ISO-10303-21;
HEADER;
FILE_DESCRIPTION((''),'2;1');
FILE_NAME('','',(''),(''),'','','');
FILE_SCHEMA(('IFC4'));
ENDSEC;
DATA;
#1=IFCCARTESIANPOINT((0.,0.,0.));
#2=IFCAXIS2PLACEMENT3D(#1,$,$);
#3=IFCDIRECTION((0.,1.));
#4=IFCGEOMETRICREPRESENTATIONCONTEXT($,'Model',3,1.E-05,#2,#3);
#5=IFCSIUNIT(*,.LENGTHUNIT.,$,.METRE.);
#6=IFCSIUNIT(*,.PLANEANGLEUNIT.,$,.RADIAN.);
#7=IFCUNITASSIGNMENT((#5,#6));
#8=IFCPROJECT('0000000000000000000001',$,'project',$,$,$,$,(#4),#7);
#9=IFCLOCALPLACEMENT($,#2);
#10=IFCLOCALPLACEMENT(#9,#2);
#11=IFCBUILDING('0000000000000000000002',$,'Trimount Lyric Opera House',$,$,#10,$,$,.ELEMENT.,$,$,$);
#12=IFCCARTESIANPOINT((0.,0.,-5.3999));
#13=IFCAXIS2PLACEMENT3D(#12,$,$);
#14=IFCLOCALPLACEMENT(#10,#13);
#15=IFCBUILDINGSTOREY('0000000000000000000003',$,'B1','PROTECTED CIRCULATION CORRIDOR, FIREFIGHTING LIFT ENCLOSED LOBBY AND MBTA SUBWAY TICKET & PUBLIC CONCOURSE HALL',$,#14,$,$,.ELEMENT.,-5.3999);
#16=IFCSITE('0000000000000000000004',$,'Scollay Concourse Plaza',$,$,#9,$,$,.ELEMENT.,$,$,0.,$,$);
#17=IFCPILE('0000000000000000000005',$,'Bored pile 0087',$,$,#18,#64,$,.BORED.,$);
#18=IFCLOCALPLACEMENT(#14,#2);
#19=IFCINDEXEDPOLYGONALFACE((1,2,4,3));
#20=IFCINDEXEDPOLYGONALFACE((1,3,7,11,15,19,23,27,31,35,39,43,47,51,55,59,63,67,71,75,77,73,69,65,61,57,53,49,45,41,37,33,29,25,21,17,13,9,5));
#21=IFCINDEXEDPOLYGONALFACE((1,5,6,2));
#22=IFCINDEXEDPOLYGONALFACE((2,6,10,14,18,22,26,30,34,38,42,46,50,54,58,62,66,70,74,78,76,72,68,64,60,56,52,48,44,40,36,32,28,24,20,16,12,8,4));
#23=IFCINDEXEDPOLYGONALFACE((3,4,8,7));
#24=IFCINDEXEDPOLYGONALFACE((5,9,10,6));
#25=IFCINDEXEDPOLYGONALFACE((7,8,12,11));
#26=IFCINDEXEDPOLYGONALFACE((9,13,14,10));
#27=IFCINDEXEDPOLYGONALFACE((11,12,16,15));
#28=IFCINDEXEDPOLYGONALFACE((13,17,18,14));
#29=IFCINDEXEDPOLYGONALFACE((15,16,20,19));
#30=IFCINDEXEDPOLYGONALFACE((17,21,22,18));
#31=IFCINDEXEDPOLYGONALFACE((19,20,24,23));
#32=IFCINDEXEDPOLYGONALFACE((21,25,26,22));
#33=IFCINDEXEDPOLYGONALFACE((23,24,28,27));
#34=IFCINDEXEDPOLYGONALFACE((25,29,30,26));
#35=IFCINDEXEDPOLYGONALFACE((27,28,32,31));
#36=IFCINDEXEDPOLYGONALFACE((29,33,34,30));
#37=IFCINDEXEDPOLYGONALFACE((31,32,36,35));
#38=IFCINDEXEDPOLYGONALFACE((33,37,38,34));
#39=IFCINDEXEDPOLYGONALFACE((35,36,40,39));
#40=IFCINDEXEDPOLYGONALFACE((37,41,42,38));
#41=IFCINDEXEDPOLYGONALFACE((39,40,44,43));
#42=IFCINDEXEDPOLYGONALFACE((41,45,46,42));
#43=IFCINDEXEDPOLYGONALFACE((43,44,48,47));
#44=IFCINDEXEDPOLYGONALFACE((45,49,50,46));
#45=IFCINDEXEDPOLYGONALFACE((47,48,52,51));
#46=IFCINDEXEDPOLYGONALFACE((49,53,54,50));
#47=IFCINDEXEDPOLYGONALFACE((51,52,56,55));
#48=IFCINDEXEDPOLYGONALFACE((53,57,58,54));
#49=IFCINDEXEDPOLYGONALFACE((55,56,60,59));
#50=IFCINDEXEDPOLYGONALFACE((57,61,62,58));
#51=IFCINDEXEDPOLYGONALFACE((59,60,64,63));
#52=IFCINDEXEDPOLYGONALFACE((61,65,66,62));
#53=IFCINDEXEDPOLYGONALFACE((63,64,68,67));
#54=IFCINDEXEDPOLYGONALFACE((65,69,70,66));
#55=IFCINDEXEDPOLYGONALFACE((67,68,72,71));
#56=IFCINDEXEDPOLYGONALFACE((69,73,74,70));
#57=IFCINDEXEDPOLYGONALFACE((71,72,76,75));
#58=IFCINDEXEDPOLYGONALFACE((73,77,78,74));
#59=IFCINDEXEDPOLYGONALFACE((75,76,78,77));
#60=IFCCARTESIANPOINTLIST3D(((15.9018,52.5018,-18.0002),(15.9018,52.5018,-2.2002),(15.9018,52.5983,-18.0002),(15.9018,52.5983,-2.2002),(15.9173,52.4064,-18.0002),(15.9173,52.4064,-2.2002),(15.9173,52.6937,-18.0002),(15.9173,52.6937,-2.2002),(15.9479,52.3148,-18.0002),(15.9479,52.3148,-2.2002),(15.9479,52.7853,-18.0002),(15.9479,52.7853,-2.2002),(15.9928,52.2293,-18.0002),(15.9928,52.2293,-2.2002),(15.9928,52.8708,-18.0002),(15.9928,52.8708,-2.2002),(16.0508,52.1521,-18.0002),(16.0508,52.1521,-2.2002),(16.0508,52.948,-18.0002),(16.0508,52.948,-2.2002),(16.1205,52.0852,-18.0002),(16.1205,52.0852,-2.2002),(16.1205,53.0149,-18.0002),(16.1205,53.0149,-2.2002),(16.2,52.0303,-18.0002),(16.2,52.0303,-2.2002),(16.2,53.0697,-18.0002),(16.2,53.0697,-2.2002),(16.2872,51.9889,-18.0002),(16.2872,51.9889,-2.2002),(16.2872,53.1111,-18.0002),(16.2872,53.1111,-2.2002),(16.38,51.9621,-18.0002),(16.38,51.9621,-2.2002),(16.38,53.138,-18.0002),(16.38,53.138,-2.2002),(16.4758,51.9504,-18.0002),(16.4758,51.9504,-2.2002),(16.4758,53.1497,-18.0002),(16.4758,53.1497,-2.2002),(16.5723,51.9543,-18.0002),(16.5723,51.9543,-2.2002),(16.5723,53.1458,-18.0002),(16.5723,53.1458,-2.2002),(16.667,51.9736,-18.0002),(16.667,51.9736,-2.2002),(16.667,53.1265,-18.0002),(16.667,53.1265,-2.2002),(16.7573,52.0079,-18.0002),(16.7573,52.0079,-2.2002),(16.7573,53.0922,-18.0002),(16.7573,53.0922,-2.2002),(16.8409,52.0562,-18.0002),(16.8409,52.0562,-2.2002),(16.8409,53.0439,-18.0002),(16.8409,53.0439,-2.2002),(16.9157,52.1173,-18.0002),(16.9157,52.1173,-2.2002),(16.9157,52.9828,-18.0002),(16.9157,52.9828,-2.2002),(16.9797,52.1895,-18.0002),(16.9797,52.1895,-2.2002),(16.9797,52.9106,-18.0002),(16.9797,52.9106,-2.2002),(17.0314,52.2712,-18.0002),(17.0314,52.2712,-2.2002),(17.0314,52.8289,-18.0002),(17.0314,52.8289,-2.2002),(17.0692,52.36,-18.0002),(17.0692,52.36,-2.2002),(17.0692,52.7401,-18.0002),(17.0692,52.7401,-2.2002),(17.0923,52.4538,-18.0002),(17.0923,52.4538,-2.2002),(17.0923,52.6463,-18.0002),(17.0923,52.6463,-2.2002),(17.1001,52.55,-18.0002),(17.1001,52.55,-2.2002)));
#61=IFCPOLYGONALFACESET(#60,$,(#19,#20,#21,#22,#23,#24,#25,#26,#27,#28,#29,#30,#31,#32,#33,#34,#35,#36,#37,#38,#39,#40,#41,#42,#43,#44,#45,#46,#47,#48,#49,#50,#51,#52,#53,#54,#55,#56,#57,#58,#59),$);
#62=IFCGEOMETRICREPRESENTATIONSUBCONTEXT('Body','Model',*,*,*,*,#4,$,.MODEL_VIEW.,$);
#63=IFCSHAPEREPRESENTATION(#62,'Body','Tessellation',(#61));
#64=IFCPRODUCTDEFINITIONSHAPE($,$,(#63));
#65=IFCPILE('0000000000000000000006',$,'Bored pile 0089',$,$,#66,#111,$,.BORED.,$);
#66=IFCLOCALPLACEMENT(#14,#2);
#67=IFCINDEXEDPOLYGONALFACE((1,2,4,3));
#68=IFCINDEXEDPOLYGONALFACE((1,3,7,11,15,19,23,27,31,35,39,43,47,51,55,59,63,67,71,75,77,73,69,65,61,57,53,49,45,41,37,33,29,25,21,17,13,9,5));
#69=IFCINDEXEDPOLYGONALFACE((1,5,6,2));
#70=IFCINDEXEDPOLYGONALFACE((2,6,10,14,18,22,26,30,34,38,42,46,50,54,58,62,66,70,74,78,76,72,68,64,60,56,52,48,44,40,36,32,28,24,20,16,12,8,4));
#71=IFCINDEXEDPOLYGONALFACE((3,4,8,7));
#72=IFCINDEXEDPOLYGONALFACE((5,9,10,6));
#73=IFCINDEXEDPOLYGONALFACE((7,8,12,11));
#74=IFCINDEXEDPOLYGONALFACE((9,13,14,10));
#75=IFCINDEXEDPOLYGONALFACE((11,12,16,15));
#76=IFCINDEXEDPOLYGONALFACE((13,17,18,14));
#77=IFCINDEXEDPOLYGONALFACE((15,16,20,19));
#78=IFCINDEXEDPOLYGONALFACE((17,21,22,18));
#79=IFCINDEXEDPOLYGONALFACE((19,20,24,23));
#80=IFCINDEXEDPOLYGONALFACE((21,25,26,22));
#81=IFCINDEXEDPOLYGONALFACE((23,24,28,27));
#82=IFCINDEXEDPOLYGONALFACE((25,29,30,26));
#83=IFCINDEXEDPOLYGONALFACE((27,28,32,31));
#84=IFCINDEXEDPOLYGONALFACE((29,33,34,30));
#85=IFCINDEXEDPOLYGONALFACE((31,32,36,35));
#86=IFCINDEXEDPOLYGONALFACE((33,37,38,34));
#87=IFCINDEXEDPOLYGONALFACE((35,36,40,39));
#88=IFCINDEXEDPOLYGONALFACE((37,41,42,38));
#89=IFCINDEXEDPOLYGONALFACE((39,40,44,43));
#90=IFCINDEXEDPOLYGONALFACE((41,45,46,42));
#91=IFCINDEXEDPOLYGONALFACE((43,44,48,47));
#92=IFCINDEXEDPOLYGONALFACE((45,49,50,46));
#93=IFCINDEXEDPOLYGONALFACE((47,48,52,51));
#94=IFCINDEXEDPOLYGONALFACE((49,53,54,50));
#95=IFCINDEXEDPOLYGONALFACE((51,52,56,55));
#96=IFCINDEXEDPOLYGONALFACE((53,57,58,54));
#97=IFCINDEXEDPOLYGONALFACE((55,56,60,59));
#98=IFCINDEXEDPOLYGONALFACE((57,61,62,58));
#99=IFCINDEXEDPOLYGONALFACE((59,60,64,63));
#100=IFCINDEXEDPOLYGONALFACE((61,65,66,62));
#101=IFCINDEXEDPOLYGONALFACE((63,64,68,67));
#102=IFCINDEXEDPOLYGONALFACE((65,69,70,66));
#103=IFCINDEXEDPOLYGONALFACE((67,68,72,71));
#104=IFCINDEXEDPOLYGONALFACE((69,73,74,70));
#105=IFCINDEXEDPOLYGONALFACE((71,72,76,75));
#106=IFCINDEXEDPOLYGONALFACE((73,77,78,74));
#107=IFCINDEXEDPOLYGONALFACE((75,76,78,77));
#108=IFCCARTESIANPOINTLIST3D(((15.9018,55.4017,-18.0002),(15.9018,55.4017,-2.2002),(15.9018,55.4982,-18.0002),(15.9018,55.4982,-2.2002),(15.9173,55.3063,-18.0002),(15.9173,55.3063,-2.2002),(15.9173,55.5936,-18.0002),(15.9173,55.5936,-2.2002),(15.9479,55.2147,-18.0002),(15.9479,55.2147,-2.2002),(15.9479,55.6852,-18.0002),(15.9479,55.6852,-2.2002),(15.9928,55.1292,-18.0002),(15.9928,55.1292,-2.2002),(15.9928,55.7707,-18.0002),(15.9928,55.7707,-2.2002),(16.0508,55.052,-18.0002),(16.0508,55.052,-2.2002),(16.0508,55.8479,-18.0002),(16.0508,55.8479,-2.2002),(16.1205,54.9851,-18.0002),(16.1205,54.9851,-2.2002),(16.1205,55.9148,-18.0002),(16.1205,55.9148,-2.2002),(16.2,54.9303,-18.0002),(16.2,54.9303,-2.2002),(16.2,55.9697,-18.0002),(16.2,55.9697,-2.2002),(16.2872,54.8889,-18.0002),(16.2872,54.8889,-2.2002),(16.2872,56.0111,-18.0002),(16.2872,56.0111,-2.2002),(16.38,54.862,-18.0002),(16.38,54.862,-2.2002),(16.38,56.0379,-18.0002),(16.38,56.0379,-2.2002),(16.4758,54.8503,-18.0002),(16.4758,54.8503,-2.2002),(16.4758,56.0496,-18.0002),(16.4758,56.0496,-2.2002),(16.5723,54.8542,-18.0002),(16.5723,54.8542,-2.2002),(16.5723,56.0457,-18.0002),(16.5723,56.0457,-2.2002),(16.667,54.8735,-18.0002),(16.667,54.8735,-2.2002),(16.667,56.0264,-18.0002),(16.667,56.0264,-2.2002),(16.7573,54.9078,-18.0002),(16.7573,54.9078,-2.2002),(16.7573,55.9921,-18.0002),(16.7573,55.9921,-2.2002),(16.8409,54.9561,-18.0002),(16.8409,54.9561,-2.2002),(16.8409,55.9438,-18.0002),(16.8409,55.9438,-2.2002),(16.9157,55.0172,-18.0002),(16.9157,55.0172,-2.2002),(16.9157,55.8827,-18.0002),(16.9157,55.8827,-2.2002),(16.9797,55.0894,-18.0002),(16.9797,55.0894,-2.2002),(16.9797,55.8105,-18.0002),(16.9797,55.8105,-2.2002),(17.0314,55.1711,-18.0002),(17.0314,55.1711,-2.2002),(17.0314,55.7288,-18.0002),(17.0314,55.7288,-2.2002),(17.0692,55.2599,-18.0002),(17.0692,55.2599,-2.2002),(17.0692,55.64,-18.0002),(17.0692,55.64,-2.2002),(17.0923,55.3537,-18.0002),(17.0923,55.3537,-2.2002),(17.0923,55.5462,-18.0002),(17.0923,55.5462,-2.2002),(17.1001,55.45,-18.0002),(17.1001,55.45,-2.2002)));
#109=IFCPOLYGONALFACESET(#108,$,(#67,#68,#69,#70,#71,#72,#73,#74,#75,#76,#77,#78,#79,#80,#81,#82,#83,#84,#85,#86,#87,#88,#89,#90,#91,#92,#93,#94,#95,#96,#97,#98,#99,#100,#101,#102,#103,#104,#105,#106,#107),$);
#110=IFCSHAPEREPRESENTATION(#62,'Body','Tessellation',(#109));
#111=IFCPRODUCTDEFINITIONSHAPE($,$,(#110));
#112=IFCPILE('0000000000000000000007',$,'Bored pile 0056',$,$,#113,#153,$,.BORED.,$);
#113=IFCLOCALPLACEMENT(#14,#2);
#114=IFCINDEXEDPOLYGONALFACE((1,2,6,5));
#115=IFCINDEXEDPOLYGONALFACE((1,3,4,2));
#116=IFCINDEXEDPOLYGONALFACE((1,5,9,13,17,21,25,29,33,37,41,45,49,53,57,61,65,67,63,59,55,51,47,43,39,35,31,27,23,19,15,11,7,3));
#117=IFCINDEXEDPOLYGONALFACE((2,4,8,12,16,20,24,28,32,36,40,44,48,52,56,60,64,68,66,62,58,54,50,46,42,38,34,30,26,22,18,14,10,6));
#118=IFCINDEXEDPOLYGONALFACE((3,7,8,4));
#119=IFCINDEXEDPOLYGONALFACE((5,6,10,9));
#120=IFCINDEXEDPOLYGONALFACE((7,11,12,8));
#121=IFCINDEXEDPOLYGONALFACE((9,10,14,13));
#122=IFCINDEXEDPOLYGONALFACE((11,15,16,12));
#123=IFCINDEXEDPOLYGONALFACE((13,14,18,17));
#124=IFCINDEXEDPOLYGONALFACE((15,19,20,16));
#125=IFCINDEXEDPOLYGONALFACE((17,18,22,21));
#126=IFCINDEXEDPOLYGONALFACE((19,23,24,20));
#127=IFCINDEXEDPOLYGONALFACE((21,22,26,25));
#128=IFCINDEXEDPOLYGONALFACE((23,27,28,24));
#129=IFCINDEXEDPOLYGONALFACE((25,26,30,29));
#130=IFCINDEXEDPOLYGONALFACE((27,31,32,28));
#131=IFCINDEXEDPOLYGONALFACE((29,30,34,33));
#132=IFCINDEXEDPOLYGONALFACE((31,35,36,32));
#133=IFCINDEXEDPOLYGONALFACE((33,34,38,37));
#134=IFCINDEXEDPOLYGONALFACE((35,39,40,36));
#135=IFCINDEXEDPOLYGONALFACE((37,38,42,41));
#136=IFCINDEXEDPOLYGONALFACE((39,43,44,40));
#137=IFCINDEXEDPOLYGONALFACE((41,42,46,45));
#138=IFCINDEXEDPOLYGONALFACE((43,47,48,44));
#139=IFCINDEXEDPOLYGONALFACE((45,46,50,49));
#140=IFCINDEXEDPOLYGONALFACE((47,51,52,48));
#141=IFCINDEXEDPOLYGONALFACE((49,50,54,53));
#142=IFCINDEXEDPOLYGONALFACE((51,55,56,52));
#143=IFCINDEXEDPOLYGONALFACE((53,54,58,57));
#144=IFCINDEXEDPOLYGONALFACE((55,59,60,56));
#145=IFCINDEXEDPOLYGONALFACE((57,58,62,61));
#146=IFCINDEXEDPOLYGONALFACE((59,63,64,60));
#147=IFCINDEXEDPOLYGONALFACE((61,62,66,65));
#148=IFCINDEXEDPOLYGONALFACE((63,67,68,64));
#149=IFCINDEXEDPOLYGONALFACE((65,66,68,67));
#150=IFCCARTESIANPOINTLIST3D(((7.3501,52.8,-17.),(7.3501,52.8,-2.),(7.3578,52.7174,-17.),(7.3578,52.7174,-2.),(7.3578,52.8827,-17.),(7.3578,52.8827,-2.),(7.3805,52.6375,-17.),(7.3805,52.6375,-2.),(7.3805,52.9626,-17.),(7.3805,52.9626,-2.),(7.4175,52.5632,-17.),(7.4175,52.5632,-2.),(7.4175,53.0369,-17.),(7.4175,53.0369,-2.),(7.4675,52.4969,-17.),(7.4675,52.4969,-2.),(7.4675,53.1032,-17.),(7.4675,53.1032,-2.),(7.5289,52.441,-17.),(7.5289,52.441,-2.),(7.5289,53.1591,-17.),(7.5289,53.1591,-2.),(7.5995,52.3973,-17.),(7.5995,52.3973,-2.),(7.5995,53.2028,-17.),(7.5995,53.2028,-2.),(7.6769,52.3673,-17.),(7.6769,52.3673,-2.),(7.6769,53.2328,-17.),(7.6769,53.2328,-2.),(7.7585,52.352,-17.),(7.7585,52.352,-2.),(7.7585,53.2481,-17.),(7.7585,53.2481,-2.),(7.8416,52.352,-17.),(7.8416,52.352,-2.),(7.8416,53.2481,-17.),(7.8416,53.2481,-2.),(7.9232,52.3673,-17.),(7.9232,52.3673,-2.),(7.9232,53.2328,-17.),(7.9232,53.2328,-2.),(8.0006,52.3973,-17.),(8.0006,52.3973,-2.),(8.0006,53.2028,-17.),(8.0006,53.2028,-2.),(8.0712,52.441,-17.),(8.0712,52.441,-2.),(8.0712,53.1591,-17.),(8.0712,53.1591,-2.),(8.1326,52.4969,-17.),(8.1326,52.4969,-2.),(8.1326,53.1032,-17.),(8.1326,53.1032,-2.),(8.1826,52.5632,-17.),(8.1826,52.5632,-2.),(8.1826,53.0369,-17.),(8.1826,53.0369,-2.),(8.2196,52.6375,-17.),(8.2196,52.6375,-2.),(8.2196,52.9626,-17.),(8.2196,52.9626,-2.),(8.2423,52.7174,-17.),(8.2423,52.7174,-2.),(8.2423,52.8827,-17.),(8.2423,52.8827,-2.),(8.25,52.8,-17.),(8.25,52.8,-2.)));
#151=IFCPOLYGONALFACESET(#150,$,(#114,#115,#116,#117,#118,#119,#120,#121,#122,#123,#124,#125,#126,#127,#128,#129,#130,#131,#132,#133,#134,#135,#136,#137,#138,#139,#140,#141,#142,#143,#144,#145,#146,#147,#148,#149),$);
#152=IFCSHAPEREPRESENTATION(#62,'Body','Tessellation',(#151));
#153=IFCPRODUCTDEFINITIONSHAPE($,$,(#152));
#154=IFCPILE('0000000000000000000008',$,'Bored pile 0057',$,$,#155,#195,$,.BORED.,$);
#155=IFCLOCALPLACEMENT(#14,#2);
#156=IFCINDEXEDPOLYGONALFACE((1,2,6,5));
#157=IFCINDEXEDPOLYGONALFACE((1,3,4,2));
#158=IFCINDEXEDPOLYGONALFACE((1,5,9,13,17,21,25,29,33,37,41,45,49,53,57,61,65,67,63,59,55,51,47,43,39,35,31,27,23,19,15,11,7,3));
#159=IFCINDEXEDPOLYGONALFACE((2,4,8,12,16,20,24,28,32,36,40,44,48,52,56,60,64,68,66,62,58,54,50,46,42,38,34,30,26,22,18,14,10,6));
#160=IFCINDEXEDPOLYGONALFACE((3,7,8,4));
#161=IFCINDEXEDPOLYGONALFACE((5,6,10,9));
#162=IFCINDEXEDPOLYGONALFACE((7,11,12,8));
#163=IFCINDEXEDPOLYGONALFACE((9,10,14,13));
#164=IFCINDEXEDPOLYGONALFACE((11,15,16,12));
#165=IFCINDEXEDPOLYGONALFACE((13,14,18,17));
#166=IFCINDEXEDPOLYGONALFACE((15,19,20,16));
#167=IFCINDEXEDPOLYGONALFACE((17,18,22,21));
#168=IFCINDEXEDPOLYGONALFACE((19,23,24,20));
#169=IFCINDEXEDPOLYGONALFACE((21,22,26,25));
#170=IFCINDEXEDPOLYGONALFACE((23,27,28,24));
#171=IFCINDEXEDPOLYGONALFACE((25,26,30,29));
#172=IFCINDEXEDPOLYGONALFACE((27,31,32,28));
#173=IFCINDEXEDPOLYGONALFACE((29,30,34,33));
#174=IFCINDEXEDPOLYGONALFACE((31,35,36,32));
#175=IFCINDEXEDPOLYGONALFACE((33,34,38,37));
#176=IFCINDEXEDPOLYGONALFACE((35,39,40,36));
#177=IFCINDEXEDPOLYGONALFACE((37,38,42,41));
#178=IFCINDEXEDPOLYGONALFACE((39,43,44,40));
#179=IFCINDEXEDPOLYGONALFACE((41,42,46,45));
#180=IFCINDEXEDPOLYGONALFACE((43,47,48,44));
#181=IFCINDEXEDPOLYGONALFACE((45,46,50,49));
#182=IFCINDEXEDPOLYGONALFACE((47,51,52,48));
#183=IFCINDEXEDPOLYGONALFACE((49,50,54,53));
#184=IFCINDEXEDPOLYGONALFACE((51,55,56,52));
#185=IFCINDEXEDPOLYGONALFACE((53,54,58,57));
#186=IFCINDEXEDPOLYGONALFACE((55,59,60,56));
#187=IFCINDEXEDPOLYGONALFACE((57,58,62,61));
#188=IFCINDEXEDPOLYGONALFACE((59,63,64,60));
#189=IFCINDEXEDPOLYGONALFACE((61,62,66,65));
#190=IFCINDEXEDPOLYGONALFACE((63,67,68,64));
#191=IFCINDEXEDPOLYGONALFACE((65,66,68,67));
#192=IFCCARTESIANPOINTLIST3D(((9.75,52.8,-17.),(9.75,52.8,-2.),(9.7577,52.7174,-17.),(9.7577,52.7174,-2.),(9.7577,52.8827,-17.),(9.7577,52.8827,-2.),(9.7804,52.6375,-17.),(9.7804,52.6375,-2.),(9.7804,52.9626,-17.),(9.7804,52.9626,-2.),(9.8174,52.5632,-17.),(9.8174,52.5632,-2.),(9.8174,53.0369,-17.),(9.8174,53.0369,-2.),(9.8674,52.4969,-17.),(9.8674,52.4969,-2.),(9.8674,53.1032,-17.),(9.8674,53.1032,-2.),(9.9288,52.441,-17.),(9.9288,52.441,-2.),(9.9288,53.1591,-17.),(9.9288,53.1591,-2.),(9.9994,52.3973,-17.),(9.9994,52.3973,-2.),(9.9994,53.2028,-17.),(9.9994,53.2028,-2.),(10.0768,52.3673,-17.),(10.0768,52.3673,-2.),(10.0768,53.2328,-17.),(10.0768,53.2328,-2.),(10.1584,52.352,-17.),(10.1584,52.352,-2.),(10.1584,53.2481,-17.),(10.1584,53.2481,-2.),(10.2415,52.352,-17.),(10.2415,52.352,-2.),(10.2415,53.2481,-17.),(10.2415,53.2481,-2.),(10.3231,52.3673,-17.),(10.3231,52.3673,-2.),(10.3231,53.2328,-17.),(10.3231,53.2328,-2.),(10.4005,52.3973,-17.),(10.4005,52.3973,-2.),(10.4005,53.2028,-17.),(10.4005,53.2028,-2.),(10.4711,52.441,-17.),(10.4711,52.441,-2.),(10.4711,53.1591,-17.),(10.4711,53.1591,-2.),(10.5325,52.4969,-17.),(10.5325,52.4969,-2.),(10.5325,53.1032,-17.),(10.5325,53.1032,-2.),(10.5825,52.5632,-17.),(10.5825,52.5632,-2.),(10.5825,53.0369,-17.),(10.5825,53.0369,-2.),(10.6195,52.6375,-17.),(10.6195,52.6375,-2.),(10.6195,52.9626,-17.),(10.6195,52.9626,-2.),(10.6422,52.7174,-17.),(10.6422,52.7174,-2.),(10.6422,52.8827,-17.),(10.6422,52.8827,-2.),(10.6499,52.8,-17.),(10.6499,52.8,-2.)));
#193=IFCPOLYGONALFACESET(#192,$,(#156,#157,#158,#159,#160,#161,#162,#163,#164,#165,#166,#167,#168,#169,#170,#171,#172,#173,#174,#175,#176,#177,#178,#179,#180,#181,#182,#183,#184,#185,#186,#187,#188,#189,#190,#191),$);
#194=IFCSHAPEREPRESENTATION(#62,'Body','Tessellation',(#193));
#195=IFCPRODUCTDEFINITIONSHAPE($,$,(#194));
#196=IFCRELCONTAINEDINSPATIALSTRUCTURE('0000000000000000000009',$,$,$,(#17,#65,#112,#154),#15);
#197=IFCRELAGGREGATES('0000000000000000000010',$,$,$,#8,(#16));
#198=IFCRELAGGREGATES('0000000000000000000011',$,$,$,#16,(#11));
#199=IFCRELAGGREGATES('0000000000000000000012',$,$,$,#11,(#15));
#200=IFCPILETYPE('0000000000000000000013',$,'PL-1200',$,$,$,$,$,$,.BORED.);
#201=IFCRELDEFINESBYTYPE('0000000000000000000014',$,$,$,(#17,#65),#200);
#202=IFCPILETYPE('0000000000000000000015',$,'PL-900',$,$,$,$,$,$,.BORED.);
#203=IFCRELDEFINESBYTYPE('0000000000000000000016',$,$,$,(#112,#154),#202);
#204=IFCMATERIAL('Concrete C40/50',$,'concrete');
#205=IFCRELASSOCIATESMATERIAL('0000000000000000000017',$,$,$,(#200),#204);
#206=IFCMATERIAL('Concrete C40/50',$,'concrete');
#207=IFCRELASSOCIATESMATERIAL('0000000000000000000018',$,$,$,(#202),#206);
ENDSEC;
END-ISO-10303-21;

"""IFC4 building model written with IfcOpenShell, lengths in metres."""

from ifc_helpers import new_model, si_unit, direction, frame, origin, origin_2d, place, context, subcontext, project, spatial, circle, extrude, material, material_profile, profile_set, type_object, element, save


model = new_model("IFC4")

# Units and contexts
model_context = context("Model", 3, precision=1e-05, world=origin(), true_north=direction((0.0, 1.0)))
body_context = subcontext(model_context, "Body", "Model", "MODEL_VIEW")
ifc_project = project(units=[si_unit("LENGTHUNIT", "METRE"), si_unit("PLANEANGLEUNIT", "RADIAN")], contexts=[model_context])

# Site, building, storey
site_placement = place(None, origin())
site = spatial("IfcSite", under=ifc_project, at=site_placement, Name="Scollay Concourse Plaza", CompositionType="ELEMENT", RefElevation=0.0)
building_placement = place(site_placement, origin())
building = spatial("IfcBuilding", under=site, at=building_placement, Name="Trimount Lyric Opera House", CompositionType="ELEMENT")
storey_placement = place(building_placement, frame((0.0, 0.0, -5.3999)))
storey = spatial("IfcBuildingStorey", under=building, at=storey_placement, Name="B1", Description="PROTECTED CIRCULATION CORRIDOR, FIREFIGHTING LIFT ENCLOSED LOBBY AND MBTA SUBWAY TICKET & PUBLIC CONCOURSE HALL", CompositionType="ELEMENT", Elevation=-5.3999)

# Piles
ifc_material_1 = material(Name="Concrete C40/50", Category="concrete")
ifc_material_profile_1 = material_profile(ifc_material_1, circle(Radius=0.6001, at=origin_2d()), Name="PILE-D1200")
ifc_profile_set_1 = profile_set([ifc_material_profile_1], Name="Concrete C40/50")
pile_type_1 = type_object("IfcPileType", Name="PL-1200", PredefinedType="BORED", material=ifc_profile_set_1)
for number, where, z_axis, x_axis, name in (
    (1, (16.5, 52.55, -2.2002), (0.0, 0.0, -1.0), (1.0, 0.0, 0.0), "Bored pile 0087"),
    (2, (16.5, 55.45, -2.2002), (0.0, 0.0, -1.0), (1.0, 0.0, 0.0), "Bored pile 0089"),
):
    element("IfcPile", number, at=place(storey_placement, frame(where, z_axis=z_axis, x_axis=x_axis)), inside=storey, type_object=pile_type_1, Name=name, PredefinedType="BORED", context=body_context, shape_type="SweptSolid", body=[
        extrude(circle(Radius=0.6001, at=origin_2d()), origin(), (0.0, 0.0, 1.0), 15.8),
    ])
ifc_material_2 = material(Name="Concrete C40/50", Category="concrete")
ifc_material_profile_2 = material_profile(ifc_material_2, circle(Radius=0.45, at=origin_2d()), Name="PILE-D900")
ifc_profile_set_2 = profile_set([ifc_material_profile_2], Name="Concrete C40/50")
pile_type_2 = type_object("IfcPileType", Name="PL-900", PredefinedType="BORED", material=ifc_profile_set_2)
for number, where, z_axis, x_axis, name in (
    (3, (7.8, 52.8, -2.0), (0.0, 0.0, -1.0), (1.0, 0.0, 0.0), "Bored pile 0056"),
    (4, (10.2, 52.8, -2.0), (0.0, 0.0, -1.0), (1.0, 0.0, 0.0), "Bored pile 0057"),
):
    element("IfcPile", number, at=place(storey_placement, frame(where, z_axis=z_axis, x_axis=x_axis)), inside=storey, type_object=pile_type_2, Name=name, PredefinedType="BORED", context=body_context, shape_type="SweptSolid", body=[
        extrude(circle(Radius=0.45, at=origin_2d()), origin(), (0.0, 0.0, 1.0), 15.0),
    ])

save(model, "model.ifc")
